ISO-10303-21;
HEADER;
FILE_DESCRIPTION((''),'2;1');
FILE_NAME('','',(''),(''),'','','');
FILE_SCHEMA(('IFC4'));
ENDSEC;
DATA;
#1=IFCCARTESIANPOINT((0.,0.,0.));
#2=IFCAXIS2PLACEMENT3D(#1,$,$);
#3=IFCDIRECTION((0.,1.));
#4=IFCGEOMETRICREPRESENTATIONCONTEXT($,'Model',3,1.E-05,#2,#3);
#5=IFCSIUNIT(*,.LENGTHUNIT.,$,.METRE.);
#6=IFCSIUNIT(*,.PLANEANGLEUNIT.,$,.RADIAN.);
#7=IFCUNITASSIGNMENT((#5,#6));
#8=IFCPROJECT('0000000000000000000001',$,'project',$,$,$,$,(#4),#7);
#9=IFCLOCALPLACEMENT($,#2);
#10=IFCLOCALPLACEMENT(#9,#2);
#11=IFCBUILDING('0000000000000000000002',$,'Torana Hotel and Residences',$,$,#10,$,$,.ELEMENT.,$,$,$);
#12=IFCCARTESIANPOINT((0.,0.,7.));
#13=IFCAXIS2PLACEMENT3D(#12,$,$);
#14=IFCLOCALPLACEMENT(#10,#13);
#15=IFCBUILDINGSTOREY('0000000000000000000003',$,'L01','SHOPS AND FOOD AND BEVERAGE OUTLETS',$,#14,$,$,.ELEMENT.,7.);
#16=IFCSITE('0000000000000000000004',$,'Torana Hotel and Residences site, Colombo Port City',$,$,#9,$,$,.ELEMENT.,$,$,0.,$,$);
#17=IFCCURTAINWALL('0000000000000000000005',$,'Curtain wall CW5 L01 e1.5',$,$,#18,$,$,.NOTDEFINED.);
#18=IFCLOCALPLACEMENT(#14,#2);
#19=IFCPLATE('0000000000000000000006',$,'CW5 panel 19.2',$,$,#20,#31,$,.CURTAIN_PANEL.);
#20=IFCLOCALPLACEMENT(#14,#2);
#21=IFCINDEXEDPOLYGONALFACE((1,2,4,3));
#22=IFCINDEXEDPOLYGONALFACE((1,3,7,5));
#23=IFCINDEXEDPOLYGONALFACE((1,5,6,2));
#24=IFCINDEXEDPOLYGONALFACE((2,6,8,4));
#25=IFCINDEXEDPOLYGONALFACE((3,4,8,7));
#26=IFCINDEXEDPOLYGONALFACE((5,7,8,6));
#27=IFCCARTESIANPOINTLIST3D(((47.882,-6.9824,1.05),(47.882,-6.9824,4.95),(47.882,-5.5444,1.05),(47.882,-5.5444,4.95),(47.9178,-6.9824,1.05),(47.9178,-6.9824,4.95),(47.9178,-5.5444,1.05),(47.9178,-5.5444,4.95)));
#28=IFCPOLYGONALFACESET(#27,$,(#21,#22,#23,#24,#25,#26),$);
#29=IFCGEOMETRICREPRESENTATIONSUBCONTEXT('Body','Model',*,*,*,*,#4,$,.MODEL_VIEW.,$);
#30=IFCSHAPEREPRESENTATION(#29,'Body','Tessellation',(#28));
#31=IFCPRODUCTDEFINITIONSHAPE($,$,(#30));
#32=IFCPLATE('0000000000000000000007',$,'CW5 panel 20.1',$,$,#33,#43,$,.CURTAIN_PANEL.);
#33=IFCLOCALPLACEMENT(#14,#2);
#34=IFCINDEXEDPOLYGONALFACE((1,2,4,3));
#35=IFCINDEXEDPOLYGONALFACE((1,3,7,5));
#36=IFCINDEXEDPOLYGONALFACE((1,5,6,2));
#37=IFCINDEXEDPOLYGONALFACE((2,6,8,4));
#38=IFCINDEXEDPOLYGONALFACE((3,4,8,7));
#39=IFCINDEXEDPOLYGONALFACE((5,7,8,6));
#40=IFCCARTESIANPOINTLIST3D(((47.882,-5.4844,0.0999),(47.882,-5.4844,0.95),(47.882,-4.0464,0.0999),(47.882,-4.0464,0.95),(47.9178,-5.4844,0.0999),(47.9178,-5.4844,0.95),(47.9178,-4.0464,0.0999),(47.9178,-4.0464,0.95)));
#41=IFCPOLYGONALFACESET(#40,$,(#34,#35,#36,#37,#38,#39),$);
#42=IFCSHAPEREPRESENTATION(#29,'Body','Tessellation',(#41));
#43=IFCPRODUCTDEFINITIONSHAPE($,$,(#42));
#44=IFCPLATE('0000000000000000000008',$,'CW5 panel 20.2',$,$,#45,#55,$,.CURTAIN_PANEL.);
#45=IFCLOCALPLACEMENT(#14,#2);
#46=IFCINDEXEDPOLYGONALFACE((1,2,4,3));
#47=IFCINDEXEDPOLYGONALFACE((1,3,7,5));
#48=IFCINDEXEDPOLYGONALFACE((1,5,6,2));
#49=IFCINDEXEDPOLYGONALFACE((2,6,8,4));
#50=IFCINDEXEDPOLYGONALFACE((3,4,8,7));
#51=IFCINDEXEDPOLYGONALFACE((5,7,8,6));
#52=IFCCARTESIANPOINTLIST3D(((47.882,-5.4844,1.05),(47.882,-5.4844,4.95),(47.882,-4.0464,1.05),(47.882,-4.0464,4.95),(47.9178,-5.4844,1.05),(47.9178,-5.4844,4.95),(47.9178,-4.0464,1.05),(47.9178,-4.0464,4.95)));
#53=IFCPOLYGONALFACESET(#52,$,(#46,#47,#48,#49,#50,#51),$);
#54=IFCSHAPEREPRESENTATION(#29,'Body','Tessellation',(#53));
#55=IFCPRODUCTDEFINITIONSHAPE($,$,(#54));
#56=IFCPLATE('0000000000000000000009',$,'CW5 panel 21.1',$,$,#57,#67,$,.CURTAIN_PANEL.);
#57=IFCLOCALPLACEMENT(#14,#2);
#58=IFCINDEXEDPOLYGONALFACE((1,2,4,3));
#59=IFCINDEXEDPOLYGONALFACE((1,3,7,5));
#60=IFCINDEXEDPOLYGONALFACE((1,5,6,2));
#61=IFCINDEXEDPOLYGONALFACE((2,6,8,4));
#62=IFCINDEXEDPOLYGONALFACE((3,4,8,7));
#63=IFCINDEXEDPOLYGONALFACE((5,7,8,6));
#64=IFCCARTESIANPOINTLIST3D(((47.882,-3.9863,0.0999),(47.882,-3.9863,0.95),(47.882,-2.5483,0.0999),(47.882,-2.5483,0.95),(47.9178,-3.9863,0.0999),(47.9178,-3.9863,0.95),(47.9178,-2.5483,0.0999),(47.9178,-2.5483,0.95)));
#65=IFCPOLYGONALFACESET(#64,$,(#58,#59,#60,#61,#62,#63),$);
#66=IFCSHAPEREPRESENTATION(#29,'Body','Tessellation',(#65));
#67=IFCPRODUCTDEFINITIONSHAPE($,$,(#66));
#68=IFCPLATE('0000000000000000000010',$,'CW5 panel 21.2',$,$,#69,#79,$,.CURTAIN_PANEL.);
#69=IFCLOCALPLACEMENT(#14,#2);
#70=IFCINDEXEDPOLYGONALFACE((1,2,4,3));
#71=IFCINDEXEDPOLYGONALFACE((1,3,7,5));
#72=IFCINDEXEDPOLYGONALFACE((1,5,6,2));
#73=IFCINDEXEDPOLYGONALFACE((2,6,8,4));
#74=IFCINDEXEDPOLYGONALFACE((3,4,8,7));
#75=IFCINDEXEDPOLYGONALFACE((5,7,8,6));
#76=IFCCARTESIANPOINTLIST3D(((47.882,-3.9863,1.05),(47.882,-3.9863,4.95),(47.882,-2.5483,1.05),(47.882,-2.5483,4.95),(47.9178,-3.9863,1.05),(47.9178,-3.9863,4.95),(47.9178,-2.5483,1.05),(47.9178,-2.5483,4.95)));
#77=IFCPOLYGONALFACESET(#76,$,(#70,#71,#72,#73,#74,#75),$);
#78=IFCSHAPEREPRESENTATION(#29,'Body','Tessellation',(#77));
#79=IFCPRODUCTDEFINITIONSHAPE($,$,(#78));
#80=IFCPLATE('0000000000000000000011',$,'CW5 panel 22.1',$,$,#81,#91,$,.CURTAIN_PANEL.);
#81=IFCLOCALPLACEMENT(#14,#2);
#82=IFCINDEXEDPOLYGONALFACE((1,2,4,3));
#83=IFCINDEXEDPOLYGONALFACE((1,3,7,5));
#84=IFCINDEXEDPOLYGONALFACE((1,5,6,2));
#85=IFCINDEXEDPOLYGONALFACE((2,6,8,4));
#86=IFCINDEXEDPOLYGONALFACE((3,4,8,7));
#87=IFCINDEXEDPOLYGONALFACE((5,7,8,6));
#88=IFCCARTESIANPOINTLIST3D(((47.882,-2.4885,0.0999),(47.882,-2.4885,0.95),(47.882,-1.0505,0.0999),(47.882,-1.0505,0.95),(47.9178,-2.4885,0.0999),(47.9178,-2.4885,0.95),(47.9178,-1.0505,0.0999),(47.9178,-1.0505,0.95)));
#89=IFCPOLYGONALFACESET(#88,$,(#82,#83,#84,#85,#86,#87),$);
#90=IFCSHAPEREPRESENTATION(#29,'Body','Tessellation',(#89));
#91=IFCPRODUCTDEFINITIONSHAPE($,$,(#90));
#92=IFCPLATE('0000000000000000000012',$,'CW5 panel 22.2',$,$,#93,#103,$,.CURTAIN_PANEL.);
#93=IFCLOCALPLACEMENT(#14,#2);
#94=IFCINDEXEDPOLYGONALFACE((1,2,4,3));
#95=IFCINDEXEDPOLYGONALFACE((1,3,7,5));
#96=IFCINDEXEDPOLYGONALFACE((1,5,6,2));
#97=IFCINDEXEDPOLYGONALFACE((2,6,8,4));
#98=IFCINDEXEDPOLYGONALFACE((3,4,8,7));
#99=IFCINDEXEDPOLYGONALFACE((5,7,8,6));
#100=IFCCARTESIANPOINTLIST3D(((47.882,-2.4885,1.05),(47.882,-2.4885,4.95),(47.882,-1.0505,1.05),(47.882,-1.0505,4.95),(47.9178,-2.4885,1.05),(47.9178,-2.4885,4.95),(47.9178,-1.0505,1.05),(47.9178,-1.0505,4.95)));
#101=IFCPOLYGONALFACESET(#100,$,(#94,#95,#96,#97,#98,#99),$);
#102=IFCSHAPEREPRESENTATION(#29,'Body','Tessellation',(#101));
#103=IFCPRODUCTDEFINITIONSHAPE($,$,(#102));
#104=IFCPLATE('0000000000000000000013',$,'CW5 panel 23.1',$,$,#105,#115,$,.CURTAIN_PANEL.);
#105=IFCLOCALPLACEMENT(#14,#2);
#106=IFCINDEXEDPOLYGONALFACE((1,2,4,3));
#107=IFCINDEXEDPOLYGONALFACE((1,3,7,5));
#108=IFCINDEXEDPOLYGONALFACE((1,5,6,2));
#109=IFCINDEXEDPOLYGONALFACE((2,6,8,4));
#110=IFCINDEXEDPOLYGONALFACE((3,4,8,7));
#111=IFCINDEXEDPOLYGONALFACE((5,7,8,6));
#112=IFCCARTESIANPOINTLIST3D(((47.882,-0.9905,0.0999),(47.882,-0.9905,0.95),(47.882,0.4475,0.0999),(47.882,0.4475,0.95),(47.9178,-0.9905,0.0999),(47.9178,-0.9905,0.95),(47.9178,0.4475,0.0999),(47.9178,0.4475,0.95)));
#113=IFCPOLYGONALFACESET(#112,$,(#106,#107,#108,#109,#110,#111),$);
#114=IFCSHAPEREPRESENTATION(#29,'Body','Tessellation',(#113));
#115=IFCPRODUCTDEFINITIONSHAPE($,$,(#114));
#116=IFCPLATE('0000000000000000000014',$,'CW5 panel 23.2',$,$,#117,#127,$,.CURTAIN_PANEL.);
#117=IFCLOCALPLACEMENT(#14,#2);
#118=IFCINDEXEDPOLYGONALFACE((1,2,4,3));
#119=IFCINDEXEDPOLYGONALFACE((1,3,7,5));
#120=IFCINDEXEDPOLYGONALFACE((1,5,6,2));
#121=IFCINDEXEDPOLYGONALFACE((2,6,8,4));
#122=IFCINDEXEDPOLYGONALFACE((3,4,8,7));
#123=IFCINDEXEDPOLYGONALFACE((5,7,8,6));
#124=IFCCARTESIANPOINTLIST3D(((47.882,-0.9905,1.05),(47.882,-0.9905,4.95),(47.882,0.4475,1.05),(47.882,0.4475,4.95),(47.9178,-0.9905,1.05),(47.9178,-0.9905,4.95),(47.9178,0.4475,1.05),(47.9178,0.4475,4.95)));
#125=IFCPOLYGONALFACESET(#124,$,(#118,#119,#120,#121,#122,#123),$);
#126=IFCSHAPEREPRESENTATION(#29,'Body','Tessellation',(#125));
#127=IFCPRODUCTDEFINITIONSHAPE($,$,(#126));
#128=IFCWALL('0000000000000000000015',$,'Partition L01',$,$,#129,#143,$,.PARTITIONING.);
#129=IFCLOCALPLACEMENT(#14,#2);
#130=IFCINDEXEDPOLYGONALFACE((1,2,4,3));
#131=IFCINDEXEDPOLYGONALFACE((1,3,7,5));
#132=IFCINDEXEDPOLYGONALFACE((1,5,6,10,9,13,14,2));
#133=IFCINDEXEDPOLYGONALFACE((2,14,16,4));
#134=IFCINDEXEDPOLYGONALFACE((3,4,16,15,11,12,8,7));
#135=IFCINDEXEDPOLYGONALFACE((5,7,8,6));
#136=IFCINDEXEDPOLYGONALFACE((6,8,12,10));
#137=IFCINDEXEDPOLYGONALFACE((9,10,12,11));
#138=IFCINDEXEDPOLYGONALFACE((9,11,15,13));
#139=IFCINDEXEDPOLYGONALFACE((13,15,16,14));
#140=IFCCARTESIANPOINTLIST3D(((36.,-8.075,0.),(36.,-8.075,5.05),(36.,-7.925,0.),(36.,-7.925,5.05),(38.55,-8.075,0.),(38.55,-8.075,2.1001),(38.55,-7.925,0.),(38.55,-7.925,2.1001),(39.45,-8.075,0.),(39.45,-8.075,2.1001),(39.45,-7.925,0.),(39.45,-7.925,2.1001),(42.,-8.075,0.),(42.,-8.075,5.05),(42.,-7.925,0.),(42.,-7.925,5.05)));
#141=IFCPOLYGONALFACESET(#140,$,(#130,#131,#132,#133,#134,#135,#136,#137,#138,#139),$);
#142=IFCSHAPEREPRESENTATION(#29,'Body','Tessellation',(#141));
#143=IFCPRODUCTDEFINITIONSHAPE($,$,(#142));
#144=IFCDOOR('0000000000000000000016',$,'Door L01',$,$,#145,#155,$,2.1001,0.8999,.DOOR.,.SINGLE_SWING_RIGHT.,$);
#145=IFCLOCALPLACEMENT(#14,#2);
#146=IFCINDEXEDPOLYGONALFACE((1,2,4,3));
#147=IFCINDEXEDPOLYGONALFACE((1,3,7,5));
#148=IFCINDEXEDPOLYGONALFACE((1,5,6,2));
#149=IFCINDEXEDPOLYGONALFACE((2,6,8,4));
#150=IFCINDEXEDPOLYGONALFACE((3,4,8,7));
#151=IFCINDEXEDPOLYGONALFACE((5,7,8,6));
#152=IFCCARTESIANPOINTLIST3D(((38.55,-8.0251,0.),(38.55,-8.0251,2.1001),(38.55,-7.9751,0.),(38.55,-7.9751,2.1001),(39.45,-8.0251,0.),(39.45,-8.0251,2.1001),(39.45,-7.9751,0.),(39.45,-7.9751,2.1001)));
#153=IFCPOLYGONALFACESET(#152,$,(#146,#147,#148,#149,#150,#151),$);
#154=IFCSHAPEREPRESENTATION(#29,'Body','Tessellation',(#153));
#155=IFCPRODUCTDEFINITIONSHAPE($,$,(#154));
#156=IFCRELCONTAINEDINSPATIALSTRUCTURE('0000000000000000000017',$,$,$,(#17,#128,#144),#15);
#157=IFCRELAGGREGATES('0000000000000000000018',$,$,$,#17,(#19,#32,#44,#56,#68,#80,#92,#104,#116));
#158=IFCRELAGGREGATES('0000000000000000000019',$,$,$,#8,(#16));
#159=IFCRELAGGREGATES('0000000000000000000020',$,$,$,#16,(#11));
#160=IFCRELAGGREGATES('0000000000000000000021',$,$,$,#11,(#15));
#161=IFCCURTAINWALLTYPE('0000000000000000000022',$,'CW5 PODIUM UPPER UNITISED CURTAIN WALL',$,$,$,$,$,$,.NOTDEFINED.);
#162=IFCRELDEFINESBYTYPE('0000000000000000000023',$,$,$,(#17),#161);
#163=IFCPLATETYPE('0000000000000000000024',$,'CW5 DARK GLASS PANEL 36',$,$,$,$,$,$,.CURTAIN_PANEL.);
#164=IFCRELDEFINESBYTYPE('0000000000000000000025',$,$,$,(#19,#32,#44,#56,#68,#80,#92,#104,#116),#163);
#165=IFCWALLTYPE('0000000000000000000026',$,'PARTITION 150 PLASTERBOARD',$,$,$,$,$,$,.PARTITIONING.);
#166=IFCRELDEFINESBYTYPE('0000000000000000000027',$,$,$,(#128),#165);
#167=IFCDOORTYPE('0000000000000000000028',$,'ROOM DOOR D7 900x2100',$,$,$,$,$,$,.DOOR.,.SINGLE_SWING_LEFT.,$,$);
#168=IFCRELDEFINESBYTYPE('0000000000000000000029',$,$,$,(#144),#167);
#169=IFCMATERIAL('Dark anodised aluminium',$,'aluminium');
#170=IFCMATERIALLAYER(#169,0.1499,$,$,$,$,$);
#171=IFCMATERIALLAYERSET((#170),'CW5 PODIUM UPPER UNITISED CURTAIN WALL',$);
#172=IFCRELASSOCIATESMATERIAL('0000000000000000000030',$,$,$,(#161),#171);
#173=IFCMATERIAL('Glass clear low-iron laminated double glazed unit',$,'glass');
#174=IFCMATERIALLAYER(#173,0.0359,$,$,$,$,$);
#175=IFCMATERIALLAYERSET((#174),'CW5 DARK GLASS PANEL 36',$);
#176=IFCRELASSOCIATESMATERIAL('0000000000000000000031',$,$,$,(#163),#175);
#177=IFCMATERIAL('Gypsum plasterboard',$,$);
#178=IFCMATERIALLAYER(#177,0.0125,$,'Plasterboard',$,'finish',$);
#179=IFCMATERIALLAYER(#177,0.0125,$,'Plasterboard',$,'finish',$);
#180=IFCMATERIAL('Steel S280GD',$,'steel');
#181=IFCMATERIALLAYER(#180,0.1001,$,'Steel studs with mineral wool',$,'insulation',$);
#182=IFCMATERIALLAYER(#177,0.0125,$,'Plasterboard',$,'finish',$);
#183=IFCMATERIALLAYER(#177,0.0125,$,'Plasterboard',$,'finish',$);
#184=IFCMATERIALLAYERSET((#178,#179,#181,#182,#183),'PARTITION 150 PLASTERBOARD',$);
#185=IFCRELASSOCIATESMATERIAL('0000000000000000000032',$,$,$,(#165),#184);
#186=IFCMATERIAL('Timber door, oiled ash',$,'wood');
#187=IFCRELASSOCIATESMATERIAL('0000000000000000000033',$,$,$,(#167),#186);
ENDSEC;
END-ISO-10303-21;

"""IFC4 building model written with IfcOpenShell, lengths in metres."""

from ifc_helpers import new_model, si_unit, direction, frame, frame_2d, origin, origin_2d, place, context, subcontext, project, spatial, rectangle, extrude, material, layer, layer_set, type_object, element, fill, aggregate, save


model = new_model("IFC4")

# Units and contexts
model_context = context("Model", 3, precision=1e-05, world=origin(), true_north=direction((0.0, 1.0)))
body_context = subcontext(model_context, "Body", "Model", "MODEL_VIEW")
ifc_project = project(units=[si_unit("LENGTHUNIT", "METRE"), si_unit("PLANEANGLEUNIT", "RADIAN")], contexts=[model_context])

# Site, building, storey
site_placement = place(None, origin())
site = spatial("IfcSite", under=ifc_project, at=site_placement, Name="Torana Hotel and Residences site, Colombo Port City", CompositionType="ELEMENT", RefElevation=0.0)
building_placement = place(site_placement, origin())
building = spatial("IfcBuilding", under=site, at=building_placement, Name="Torana Hotel and Residences", CompositionType="ELEMENT")
storey_placement = place(building_placement, frame((0.0, 0.0, 7.0)))
storey = spatial("IfcBuildingStorey", under=building, at=storey_placement, Name="L01", Description="SHOPS AND FOOD AND BEVERAGE OUTLETS", CompositionType="ELEMENT", Elevation=7.0)

# Curtain wall, plates
ifc_material_1 = material(Name="Dark anodised aluminium", Category="aluminium")
ifc_layer_1 = layer(ifc_material_1, 0.1499)
ifc_layer_set_1 = layer_set([ifc_layer_1], Name="CW5 PODIUM UPPER UNITISED CURTAIN WALL")
curtain_wall_type = type_object("IfcCurtainWallType", Name="CW5 PODIUM UPPER UNITISED CURTAIN WALL", PredefinedType="NOTDEFINED", material=ifc_layer_set_1)
curtain_wall_placement = place(storey_placement, origin())
curtain_wall = element("IfcCurtainWall", 1, at=curtain_wall_placement, inside=storey, type_object=curtain_wall_type, Name="Curtain wall CW5 L01 e1.5", PredefinedType="NOTDEFINED")
ifc_material_2 = material(Name="Glass clear low-iron laminated double glazed unit", Category="glass")
ifc_layer_2 = layer(ifc_material_2, 0.0359)
ifc_layer_set_2 = layer_set([ifc_layer_2], Name="CW5 DARK GLASS PANEL 36")
plate_type = type_object("IfcPlateType", Name="CW5 DARK GLASS PANEL 36", PredefinedType="CURTAIN_PANEL", material=ifc_layer_set_2)
plate_1_placement = place(storey_placement, frame((47.8999, -6.2634, 1.05), z_axis=(0.0, 0.0, 1.0), x_axis=(0.0, 1.0, 0.0)))
plate_1 = element("IfcPlate", 2, at=plate_1_placement, type_object=plate_type, Name="CW5 panel 19.2", PredefinedType="CURTAIN_PANEL", context=body_context, shape_type="SweptSolid", body=[
    extrude(rectangle(XDim=1.438, YDim=0.0359, at=origin_2d()), origin(), (0.0, 0.0, 1.0), 3.8999),
])
plate_2_placement = place(storey_placement, frame((47.8999, -4.7654, 0.0999), z_axis=(0.0, 0.0, 1.0), x_axis=(0.0, 1.0, 0.0)))
plate_2 = element("IfcPlate", 3, at=plate_2_placement, type_object=plate_type, Name="CW5 panel 20.1", PredefinedType="CURTAIN_PANEL", context=body_context, shape_type="SweptSolid", body=[
    extrude(rectangle(XDim=1.438, YDim=0.0359, at=origin_2d()), origin(), (0.0, 0.0, 1.0), 0.8501),
])
plate_3_placement = place(storey_placement, frame((47.8999, -4.7654, 1.05), z_axis=(0.0, 0.0, 1.0), x_axis=(0.0, 1.0, 0.0)))
plate_3 = element("IfcPlate", 4, at=plate_3_placement, type_object=plate_type, Name="CW5 panel 20.2", PredefinedType="CURTAIN_PANEL", context=body_context, shape_type="SweptSolid", body=[
    extrude(rectangle(XDim=1.438, YDim=0.0359, at=origin_2d()), origin(), (0.0, 0.0, 1.0), 3.8999),
])
plate_4_placement = place(storey_placement, frame((47.8999, -3.2673, 0.0999), z_axis=(0.0, 0.0, 1.0), x_axis=(0.0, 1.0, 0.0)))
plate_4 = element("IfcPlate", 5, at=plate_4_placement, type_object=plate_type, Name="CW5 panel 21.1", PredefinedType="CURTAIN_PANEL", context=body_context, shape_type="SweptSolid", body=[
    extrude(rectangle(XDim=1.438, YDim=0.0359, at=origin_2d()), origin(), (0.0, 0.0, 1.0), 0.8501),
])
plate_5_placement = place(storey_placement, frame((47.8999, -3.2673, 1.05), z_axis=(0.0, 0.0, 1.0), x_axis=(0.0, 1.0, 0.0)))
plate_5 = element("IfcPlate", 6, at=plate_5_placement, type_object=plate_type, Name="CW5 panel 21.2", PredefinedType="CURTAIN_PANEL", context=body_context, shape_type="SweptSolid", body=[
    extrude(rectangle(XDim=1.438, YDim=0.0359, at=origin_2d()), origin(), (0.0, 0.0, 1.0), 3.8999),
])
plate_6_placement = place(storey_placement, frame((47.8999, -1.7695, 0.0999), z_axis=(0.0, 0.0, 1.0), x_axis=(0.0, 1.0, 0.0)))
plate_6 = element("IfcPlate", 7, at=plate_6_placement, type_object=plate_type, Name="CW5 panel 22.1", PredefinedType="CURTAIN_PANEL", context=body_context, shape_type="SweptSolid", body=[
    extrude(rectangle(XDim=1.438, YDim=0.0359, at=origin_2d()), origin(), (0.0, 0.0, 1.0), 0.8501),
])
plate_7_placement = place(storey_placement, frame((47.8999, -1.7695, 1.05), z_axis=(0.0, 0.0, 1.0), x_axis=(0.0, 1.0, 0.0)))
plate_7 = element("IfcPlate", 8, at=plate_7_placement, type_object=plate_type, Name="CW5 panel 22.2", PredefinedType="CURTAIN_PANEL", context=body_context, shape_type="SweptSolid", body=[
    extrude(rectangle(XDim=1.438, YDim=0.0359, at=origin_2d()), origin(), (0.0, 0.0, 1.0), 3.8999),
])
plate_8_placement = place(storey_placement, frame((47.8999, -0.2715, 0.0999), z_axis=(0.0, 0.0, 1.0), x_axis=(0.0, 1.0, 0.0)))
plate_8 = element("IfcPlate", 9, at=plate_8_placement, type_object=plate_type, Name="CW5 panel 23.1", PredefinedType="CURTAIN_PANEL", context=body_context, shape_type="SweptSolid", body=[
    extrude(rectangle(XDim=1.438, YDim=0.0359, at=origin_2d()), origin(), (0.0, 0.0, 1.0), 0.8501),
])
plate_9_placement = place(storey_placement, frame((47.8999, -0.2715, 1.05), z_axis=(0.0, 0.0, 1.0), x_axis=(0.0, 1.0, 0.0)))
plate_9 = element("IfcPlate", 10, at=plate_9_placement, type_object=plate_type, Name="CW5 panel 23.2", PredefinedType="CURTAIN_PANEL", context=body_context, shape_type="SweptSolid", body=[
    extrude(rectangle(XDim=1.438, YDim=0.0359, at=origin_2d()), origin(), (0.0, 0.0, 1.0), 3.8999),
])
aggregate(curtain_wall, [plate_1, plate_2, plate_3, plate_4, plate_5, plate_6, plate_7, plate_8, plate_9])

# Wall, opening, door
ifc_material_3 = material(Name="Gypsum plasterboard")
ifc_layer_3 = layer(ifc_material_3, 0.0125, Name="Plasterboard", Category="finish")
ifc_layer_4 = layer(ifc_material_3, 0.0125, Name="Plasterboard", Category="finish")
ifc_material_4 = material(Name="Steel S280GD", Category="steel")
ifc_layer_5 = layer(ifc_material_4, 0.1001, Name="Steel studs with mineral wool", Category="insulation")
ifc_layer_6 = layer(ifc_material_3, 0.0125, Name="Plasterboard", Category="finish")
ifc_layer_7 = layer(ifc_material_3, 0.0125, Name="Plasterboard", Category="finish")
ifc_layer_set_3 = layer_set([ifc_layer_3, ifc_layer_4, ifc_layer_5, ifc_layer_6, ifc_layer_7], Name="PARTITION 150 PLASTERBOARD")
wall_type = type_object("IfcWallType", Name="PARTITION 150 PLASTERBOARD", PredefinedType="PARTITIONING", material=ifc_layer_set_3)
wall_placement = place(storey_placement, frame((36.0, -8.0, 0.0), z_axis=(0.0, 0.0, 1.0), x_axis=(1.0, 0.0, 0.0)))
wall = element("IfcWall", 11, at=wall_placement, inside=storey, type_object=wall_type, Name="Partition L01", PredefinedType="PARTITIONING", context=body_context, shape_type="SweptSolid", body=[
    extrude(rectangle(XDim=6.0, YDim=0.1499, at=frame_2d((3.0, 0.0))), origin(), (0.0, 0.0, 1.0), 5.05),
])
opening_placement = place(wall_placement, frame((2.55, 0.0, 0.0)))
opening = element("IfcOpeningElement", 12, at=opening_placement, cuts=wall, PredefinedType="OPENING", context=body_context, shape_type="SweptSolid", body=[
    extrude(rectangle(XDim=0.8999, YDim=2.1001, at=frame_2d((0.45, 1.05))), frame((0.0, 0.085, 0.0), z_axis=(0.0, -1.0, 0.0), x_axis=(1.0, 0.0, 0.0)), (0.0, 0.0, 1.0), 0.1699),
])
ifc_material_5 = material(Name="Timber door, oiled ash", Category="wood")
door_type = type_object("IfcDoorType", Name="ROOM DOOR D7 900x2100", OperationType="SINGLE_SWING_LEFT", PredefinedType="DOOR", material=ifc_material_5)
door_placement = place(opening_placement, origin())
door = element("IfcDoor", 13, at=door_placement, inside=storey, type_object=door_type, Name="Door L01", OperationType="SINGLE_SWING_RIGHT", OverallHeight=2.1001, OverallWidth=0.8999, PredefinedType="DOOR", context=body_context, shape_type="SweptSolid", body=[
    extrude(rectangle(XDim=0.8999, YDim=2.1001, at=frame_2d((0.45, 1.05))), frame((0.0, 0.0249, 0.0), z_axis=(0.0, -1.0, 0.0), x_axis=(1.0, 0.0, 0.0)), (0.0, 0.0, 1.0), 0.05),
])
fill(opening, door)

save(model, "model.ifc")
